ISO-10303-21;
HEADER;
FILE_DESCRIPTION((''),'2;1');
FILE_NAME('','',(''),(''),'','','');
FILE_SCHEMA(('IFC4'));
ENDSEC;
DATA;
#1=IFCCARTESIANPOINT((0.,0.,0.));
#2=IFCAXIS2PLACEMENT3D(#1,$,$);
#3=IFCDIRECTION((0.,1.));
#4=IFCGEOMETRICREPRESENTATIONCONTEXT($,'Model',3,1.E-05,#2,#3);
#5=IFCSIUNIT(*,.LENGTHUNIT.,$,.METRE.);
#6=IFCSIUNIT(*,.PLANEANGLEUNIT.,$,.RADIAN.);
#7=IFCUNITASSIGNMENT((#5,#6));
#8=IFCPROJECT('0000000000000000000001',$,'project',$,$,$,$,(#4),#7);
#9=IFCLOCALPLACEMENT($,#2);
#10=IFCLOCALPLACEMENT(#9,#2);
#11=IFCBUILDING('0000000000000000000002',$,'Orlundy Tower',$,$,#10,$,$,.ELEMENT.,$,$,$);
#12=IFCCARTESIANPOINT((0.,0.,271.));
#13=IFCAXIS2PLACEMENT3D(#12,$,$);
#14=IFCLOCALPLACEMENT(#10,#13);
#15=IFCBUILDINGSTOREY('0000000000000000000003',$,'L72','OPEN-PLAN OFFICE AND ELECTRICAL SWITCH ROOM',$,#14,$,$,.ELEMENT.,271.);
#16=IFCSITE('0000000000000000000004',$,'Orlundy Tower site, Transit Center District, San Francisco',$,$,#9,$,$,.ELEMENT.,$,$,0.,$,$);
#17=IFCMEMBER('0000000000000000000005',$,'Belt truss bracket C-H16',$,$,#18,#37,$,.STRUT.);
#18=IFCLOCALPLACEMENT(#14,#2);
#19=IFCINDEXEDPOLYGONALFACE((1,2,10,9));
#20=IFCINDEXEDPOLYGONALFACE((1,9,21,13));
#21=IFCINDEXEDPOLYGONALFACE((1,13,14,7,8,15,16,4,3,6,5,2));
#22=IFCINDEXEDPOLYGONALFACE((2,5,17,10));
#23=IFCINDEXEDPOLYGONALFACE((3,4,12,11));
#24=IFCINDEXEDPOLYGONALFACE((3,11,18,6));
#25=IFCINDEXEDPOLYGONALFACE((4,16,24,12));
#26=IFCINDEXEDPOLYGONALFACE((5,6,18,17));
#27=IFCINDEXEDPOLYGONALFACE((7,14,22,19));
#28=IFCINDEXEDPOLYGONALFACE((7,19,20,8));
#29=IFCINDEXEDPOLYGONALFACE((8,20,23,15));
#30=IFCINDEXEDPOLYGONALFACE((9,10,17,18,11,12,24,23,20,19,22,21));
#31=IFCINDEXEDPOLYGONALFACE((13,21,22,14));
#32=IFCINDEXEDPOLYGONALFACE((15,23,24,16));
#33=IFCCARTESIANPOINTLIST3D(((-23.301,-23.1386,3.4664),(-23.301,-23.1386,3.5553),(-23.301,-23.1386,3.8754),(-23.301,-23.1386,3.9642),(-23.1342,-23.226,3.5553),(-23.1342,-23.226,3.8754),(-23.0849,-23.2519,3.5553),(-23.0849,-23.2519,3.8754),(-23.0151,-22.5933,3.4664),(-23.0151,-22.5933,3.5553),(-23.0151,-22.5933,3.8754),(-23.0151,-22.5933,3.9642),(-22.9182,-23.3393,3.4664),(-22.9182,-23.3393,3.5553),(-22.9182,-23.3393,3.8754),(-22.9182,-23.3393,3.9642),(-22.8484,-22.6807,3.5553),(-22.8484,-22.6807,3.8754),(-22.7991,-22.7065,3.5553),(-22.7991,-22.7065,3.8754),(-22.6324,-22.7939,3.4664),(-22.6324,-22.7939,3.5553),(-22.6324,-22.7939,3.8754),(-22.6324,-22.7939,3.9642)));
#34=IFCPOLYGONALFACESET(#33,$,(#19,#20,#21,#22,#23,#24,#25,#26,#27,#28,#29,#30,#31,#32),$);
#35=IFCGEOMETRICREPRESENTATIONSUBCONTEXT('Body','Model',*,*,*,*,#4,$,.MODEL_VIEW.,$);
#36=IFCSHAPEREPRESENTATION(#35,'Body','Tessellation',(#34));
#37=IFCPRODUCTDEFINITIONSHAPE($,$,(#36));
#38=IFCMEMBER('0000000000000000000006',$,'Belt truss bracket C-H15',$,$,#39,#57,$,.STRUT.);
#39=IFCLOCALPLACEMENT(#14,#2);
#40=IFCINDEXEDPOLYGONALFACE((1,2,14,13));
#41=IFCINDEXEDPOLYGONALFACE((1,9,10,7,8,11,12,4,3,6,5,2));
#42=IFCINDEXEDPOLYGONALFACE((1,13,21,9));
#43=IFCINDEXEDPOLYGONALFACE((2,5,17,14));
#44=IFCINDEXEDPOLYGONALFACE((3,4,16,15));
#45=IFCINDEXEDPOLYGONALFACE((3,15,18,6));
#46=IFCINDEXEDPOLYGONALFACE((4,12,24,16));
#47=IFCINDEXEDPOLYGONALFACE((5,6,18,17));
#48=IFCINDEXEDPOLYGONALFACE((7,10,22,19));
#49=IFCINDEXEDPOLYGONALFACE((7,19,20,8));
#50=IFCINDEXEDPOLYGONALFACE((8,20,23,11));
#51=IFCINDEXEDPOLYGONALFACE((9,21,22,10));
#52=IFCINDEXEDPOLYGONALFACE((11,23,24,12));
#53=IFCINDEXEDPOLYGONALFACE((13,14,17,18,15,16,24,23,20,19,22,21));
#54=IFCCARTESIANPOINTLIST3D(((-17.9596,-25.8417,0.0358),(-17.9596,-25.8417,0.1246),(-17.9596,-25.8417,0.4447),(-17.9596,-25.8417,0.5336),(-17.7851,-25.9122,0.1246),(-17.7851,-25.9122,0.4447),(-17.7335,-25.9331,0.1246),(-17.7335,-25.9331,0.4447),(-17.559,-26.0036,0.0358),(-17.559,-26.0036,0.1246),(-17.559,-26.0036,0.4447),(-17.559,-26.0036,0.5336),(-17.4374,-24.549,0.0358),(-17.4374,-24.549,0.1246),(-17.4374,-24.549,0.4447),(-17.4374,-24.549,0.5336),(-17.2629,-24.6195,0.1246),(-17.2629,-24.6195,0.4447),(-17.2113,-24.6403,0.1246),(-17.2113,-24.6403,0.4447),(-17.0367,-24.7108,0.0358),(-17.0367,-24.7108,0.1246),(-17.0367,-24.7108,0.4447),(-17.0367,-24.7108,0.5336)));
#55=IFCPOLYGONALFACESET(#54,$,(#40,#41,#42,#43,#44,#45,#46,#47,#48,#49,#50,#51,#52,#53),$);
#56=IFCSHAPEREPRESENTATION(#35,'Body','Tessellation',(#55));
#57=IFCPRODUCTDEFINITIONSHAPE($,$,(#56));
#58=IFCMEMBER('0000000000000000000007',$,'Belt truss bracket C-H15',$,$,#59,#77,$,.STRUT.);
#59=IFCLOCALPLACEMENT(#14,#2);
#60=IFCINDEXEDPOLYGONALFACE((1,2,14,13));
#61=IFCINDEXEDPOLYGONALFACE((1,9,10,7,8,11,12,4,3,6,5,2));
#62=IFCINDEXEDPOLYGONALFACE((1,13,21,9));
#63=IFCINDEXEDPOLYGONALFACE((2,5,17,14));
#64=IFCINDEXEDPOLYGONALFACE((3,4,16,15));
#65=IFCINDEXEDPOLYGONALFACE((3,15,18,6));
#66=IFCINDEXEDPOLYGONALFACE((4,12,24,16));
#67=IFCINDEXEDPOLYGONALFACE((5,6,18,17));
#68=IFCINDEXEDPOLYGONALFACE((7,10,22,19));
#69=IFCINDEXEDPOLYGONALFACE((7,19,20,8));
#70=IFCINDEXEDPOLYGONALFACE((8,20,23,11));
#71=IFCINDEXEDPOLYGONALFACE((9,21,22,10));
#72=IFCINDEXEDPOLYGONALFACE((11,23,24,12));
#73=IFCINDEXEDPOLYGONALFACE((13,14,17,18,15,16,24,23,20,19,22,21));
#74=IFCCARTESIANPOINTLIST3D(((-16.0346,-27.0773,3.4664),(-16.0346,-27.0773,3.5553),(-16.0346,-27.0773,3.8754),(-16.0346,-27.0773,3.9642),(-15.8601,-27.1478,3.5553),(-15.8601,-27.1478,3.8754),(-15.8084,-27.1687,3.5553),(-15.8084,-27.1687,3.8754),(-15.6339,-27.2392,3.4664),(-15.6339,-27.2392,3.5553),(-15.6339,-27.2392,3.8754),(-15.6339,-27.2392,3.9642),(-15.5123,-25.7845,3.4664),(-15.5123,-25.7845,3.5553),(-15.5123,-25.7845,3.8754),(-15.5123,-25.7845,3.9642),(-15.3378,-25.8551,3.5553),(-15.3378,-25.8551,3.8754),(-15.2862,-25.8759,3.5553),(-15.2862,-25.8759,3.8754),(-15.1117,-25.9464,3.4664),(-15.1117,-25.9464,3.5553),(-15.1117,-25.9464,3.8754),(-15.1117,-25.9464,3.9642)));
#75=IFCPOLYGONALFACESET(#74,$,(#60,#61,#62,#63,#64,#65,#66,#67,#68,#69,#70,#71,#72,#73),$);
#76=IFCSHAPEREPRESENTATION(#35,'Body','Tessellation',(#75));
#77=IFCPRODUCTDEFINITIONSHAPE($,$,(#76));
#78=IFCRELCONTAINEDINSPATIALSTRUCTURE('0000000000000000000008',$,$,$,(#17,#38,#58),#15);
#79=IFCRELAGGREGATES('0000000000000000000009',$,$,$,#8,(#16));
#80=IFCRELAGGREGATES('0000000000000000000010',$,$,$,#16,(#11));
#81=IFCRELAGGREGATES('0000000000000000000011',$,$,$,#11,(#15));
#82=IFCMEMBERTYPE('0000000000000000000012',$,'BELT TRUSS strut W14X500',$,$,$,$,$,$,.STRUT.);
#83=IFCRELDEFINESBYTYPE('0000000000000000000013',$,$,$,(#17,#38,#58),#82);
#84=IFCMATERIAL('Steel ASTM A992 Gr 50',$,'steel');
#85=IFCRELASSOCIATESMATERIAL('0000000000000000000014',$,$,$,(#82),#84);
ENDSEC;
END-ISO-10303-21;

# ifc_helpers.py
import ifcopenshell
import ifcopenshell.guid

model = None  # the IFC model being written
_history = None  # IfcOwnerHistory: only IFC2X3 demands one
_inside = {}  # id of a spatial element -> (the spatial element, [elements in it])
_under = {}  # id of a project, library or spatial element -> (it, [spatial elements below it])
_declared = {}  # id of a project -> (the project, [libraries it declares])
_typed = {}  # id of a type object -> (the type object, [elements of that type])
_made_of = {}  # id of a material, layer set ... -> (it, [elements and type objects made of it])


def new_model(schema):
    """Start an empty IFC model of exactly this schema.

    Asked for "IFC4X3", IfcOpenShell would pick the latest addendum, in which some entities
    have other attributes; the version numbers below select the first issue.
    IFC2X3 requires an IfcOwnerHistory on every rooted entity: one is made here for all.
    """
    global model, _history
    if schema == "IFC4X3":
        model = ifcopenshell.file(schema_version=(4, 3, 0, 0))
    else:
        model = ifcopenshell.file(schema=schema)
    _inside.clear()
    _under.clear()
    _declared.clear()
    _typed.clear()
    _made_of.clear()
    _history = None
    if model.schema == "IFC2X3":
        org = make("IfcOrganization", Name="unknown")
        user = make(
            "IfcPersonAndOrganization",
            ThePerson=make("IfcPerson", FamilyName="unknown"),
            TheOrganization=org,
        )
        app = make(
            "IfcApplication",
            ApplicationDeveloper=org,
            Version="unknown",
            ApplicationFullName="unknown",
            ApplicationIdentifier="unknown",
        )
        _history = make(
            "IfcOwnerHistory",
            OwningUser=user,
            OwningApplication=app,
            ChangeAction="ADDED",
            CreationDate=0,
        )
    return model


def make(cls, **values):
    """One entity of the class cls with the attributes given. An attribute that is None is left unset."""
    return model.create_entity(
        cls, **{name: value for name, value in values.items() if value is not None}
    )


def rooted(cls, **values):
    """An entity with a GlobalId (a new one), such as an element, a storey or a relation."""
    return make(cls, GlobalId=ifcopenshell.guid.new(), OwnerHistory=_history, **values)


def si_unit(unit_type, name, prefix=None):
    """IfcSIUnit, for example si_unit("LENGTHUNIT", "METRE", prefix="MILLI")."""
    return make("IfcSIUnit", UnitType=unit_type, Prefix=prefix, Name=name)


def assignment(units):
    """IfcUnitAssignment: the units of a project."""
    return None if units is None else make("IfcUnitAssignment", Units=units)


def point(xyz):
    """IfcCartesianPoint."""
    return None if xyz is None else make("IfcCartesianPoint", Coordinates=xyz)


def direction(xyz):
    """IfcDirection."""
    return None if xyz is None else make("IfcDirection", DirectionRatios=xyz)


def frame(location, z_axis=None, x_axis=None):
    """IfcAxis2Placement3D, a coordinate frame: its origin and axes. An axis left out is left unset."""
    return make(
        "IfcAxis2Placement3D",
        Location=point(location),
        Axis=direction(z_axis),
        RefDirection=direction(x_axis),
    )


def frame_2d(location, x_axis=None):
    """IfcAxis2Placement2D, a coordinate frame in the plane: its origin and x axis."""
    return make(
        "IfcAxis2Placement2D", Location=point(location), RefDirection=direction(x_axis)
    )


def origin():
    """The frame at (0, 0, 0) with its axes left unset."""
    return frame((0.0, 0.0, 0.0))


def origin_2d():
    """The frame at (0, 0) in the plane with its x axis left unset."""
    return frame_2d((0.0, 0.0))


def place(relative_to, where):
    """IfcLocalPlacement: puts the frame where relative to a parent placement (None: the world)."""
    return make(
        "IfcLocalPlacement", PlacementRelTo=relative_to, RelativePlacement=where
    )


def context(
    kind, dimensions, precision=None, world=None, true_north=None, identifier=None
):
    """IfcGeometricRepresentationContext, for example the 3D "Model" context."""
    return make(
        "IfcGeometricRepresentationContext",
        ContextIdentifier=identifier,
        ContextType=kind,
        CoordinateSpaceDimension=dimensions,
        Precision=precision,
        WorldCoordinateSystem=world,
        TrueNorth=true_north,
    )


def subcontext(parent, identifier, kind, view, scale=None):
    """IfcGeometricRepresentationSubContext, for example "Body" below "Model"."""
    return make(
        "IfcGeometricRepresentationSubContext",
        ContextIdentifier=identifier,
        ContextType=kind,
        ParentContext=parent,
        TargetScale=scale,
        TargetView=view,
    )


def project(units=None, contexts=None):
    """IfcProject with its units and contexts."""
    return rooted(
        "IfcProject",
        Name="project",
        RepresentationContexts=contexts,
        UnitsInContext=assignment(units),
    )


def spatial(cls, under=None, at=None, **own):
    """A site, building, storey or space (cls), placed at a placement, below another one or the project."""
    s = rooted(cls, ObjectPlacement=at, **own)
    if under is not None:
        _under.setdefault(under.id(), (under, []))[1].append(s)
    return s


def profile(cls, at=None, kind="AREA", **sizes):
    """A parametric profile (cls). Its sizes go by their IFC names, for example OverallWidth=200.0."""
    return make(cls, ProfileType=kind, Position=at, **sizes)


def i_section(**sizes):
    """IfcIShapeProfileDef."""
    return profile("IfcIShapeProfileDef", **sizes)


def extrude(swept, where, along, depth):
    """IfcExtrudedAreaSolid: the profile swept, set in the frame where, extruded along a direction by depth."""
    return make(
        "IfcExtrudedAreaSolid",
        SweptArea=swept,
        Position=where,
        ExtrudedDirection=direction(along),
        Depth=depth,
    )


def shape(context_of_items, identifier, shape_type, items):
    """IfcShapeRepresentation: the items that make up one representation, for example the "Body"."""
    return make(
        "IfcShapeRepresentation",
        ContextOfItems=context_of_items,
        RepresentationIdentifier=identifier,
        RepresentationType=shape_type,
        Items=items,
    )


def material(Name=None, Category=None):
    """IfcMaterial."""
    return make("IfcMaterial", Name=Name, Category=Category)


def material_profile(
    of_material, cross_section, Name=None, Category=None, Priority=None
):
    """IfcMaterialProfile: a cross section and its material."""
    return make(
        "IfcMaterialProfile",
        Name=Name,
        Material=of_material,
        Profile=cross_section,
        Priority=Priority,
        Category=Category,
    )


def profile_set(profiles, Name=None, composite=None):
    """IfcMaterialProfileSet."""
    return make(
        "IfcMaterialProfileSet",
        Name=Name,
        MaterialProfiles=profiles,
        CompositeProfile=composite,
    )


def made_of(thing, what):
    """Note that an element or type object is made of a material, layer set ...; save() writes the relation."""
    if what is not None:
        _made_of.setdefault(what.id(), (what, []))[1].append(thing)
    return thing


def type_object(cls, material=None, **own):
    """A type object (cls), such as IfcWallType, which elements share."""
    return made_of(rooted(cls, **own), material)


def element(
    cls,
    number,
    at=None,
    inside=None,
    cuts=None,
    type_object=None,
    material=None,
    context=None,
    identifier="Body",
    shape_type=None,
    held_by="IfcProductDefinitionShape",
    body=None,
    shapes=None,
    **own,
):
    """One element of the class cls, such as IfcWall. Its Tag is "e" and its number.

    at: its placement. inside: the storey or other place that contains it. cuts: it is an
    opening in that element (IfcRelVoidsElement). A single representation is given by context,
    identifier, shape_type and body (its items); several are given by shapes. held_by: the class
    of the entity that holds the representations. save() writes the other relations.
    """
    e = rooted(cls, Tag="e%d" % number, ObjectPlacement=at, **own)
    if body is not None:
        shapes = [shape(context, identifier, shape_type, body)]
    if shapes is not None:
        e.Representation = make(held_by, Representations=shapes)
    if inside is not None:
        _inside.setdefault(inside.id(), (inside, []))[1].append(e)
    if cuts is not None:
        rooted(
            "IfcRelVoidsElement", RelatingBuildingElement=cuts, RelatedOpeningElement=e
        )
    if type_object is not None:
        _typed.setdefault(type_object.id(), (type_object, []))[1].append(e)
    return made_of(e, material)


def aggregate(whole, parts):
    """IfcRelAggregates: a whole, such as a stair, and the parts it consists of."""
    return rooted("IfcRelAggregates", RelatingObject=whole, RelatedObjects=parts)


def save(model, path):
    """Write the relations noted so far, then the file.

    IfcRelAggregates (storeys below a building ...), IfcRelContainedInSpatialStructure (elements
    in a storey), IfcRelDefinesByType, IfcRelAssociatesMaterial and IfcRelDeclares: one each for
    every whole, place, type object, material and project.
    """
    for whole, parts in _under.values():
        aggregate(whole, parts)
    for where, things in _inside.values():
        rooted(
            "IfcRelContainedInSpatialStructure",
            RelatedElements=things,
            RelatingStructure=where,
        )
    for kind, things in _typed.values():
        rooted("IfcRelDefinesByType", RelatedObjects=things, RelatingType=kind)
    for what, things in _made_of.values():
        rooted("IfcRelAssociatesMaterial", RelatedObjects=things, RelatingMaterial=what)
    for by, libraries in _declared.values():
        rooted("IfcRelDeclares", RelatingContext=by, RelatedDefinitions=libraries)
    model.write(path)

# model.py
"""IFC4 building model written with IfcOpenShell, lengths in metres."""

from ifc_helpers import new_model, si_unit, direction, frame, origin, origin_2d, place, context, subcontext, project, spatial, i_section, extrude, material, material_profile, profile_set, type_object, element, save


model = new_model("IFC4")

# Units and contexts
model_context = context("Model", 3, precision=1e-05, world=origin(), true_north=direction((0.0, 1.0)))
body_context = subcontext(model_context, "Body", "Model", "MODEL_VIEW")
ifc_project = project(units=[si_unit("LENGTHUNIT", "METRE"), si_unit("PLANEANGLEUNIT", "RADIAN")], contexts=[model_context])

# Site, building, storey
site_placement = place(None, origin())
site = spatial("IfcSite", under=ifc_project, at=site_placement, Name="Orlundy Tower site, Transit Center District, San Francisco", CompositionType="ELEMENT", RefElevation=0.0)
building_placement = place(site_placement, origin())
building = spatial("IfcBuilding", under=site, at=building_placement, Name="Orlundy Tower", CompositionType="ELEMENT")
storey_placement = place(building_placement, frame((0.0, 0.0, 271.0)))
storey = spatial("IfcBuildingStorey", under=building, at=storey_placement, Name="L72", Description="OPEN-PLAN OFFICE AND ELECTRICAL SWITCH ROOM", CompositionType="ELEMENT", Elevation=271.0)

# Members
ifc_material_1 = material(Name="Steel ASTM A992 Gr 50", Category="steel")
ifc_material_profile_1 = material_profile(ifc_material_1, i_section(OverallWidth=0.4321, OverallDepth=0.4978, WebThickness=0.0557, FlangeThickness=0.0889, at=origin_2d()), Name="W14X500")
ifc_profile_set_1 = profile_set([ifc_material_profile_1], Name="Steel ASTM A992 Gr 50")
member_type_1 = type_object("IfcMemberType", Name="BELT TRUSS strut W14X500", PredefinedType="STRUT", material=ifc_profile_set_1)
member_1_placement = place(storey_placement, frame((-22.8237, -22.6936, 3.7153), z_axis=(-0.464259, -0.8857, 0.0), x_axis=(0.8857, -0.464259, 0.0)))
element("IfcMember", 1, at=member_1_placement, inside=storey, type_object=member_type_1, Name="Belt truss bracket C-H16", PredefinedType="STRUT", context=body_context, shape_type="SweptSolid", body=[
    extrude(i_section(OverallWidth=0.4321, OverallDepth=0.4978, WebThickness=0.0557, FlangeThickness=0.0889, at=origin_2d()), origin(), (0.0, 0.0, 1.0), 0.6157),
])
for number, where, z_axis, x_axis, name in (
    (2, (-17.2371, -24.6299, 0.2847), (-0.374559, -0.927203, 0.0), (0.927203, -0.374559, 0.0), "Belt truss bracket C-H15"),
    (3, (-15.312, -25.8655, 3.7153), (-0.374559, -0.927203, 0.0), (0.927203, -0.374559, 0.0), "Belt truss bracket C-H15"),
):
    element("IfcMember", number, at=place(storey_placement, frame(where, z_axis=z_axis, x_axis=x_axis)), inside=storey, type_object=member_type_1, Name=name, PredefinedType="STRUT", context=body_context, shape_type="SweptSolid", body=[
        extrude(i_section(OverallWidth=0.4321, OverallDepth=0.4978, WebThickness=0.0557, FlangeThickness=0.0889, at=origin_2d()), origin(), (0.0, 0.0, 1.0), 1.3943),
    ])

save(model, "model.ifc")
